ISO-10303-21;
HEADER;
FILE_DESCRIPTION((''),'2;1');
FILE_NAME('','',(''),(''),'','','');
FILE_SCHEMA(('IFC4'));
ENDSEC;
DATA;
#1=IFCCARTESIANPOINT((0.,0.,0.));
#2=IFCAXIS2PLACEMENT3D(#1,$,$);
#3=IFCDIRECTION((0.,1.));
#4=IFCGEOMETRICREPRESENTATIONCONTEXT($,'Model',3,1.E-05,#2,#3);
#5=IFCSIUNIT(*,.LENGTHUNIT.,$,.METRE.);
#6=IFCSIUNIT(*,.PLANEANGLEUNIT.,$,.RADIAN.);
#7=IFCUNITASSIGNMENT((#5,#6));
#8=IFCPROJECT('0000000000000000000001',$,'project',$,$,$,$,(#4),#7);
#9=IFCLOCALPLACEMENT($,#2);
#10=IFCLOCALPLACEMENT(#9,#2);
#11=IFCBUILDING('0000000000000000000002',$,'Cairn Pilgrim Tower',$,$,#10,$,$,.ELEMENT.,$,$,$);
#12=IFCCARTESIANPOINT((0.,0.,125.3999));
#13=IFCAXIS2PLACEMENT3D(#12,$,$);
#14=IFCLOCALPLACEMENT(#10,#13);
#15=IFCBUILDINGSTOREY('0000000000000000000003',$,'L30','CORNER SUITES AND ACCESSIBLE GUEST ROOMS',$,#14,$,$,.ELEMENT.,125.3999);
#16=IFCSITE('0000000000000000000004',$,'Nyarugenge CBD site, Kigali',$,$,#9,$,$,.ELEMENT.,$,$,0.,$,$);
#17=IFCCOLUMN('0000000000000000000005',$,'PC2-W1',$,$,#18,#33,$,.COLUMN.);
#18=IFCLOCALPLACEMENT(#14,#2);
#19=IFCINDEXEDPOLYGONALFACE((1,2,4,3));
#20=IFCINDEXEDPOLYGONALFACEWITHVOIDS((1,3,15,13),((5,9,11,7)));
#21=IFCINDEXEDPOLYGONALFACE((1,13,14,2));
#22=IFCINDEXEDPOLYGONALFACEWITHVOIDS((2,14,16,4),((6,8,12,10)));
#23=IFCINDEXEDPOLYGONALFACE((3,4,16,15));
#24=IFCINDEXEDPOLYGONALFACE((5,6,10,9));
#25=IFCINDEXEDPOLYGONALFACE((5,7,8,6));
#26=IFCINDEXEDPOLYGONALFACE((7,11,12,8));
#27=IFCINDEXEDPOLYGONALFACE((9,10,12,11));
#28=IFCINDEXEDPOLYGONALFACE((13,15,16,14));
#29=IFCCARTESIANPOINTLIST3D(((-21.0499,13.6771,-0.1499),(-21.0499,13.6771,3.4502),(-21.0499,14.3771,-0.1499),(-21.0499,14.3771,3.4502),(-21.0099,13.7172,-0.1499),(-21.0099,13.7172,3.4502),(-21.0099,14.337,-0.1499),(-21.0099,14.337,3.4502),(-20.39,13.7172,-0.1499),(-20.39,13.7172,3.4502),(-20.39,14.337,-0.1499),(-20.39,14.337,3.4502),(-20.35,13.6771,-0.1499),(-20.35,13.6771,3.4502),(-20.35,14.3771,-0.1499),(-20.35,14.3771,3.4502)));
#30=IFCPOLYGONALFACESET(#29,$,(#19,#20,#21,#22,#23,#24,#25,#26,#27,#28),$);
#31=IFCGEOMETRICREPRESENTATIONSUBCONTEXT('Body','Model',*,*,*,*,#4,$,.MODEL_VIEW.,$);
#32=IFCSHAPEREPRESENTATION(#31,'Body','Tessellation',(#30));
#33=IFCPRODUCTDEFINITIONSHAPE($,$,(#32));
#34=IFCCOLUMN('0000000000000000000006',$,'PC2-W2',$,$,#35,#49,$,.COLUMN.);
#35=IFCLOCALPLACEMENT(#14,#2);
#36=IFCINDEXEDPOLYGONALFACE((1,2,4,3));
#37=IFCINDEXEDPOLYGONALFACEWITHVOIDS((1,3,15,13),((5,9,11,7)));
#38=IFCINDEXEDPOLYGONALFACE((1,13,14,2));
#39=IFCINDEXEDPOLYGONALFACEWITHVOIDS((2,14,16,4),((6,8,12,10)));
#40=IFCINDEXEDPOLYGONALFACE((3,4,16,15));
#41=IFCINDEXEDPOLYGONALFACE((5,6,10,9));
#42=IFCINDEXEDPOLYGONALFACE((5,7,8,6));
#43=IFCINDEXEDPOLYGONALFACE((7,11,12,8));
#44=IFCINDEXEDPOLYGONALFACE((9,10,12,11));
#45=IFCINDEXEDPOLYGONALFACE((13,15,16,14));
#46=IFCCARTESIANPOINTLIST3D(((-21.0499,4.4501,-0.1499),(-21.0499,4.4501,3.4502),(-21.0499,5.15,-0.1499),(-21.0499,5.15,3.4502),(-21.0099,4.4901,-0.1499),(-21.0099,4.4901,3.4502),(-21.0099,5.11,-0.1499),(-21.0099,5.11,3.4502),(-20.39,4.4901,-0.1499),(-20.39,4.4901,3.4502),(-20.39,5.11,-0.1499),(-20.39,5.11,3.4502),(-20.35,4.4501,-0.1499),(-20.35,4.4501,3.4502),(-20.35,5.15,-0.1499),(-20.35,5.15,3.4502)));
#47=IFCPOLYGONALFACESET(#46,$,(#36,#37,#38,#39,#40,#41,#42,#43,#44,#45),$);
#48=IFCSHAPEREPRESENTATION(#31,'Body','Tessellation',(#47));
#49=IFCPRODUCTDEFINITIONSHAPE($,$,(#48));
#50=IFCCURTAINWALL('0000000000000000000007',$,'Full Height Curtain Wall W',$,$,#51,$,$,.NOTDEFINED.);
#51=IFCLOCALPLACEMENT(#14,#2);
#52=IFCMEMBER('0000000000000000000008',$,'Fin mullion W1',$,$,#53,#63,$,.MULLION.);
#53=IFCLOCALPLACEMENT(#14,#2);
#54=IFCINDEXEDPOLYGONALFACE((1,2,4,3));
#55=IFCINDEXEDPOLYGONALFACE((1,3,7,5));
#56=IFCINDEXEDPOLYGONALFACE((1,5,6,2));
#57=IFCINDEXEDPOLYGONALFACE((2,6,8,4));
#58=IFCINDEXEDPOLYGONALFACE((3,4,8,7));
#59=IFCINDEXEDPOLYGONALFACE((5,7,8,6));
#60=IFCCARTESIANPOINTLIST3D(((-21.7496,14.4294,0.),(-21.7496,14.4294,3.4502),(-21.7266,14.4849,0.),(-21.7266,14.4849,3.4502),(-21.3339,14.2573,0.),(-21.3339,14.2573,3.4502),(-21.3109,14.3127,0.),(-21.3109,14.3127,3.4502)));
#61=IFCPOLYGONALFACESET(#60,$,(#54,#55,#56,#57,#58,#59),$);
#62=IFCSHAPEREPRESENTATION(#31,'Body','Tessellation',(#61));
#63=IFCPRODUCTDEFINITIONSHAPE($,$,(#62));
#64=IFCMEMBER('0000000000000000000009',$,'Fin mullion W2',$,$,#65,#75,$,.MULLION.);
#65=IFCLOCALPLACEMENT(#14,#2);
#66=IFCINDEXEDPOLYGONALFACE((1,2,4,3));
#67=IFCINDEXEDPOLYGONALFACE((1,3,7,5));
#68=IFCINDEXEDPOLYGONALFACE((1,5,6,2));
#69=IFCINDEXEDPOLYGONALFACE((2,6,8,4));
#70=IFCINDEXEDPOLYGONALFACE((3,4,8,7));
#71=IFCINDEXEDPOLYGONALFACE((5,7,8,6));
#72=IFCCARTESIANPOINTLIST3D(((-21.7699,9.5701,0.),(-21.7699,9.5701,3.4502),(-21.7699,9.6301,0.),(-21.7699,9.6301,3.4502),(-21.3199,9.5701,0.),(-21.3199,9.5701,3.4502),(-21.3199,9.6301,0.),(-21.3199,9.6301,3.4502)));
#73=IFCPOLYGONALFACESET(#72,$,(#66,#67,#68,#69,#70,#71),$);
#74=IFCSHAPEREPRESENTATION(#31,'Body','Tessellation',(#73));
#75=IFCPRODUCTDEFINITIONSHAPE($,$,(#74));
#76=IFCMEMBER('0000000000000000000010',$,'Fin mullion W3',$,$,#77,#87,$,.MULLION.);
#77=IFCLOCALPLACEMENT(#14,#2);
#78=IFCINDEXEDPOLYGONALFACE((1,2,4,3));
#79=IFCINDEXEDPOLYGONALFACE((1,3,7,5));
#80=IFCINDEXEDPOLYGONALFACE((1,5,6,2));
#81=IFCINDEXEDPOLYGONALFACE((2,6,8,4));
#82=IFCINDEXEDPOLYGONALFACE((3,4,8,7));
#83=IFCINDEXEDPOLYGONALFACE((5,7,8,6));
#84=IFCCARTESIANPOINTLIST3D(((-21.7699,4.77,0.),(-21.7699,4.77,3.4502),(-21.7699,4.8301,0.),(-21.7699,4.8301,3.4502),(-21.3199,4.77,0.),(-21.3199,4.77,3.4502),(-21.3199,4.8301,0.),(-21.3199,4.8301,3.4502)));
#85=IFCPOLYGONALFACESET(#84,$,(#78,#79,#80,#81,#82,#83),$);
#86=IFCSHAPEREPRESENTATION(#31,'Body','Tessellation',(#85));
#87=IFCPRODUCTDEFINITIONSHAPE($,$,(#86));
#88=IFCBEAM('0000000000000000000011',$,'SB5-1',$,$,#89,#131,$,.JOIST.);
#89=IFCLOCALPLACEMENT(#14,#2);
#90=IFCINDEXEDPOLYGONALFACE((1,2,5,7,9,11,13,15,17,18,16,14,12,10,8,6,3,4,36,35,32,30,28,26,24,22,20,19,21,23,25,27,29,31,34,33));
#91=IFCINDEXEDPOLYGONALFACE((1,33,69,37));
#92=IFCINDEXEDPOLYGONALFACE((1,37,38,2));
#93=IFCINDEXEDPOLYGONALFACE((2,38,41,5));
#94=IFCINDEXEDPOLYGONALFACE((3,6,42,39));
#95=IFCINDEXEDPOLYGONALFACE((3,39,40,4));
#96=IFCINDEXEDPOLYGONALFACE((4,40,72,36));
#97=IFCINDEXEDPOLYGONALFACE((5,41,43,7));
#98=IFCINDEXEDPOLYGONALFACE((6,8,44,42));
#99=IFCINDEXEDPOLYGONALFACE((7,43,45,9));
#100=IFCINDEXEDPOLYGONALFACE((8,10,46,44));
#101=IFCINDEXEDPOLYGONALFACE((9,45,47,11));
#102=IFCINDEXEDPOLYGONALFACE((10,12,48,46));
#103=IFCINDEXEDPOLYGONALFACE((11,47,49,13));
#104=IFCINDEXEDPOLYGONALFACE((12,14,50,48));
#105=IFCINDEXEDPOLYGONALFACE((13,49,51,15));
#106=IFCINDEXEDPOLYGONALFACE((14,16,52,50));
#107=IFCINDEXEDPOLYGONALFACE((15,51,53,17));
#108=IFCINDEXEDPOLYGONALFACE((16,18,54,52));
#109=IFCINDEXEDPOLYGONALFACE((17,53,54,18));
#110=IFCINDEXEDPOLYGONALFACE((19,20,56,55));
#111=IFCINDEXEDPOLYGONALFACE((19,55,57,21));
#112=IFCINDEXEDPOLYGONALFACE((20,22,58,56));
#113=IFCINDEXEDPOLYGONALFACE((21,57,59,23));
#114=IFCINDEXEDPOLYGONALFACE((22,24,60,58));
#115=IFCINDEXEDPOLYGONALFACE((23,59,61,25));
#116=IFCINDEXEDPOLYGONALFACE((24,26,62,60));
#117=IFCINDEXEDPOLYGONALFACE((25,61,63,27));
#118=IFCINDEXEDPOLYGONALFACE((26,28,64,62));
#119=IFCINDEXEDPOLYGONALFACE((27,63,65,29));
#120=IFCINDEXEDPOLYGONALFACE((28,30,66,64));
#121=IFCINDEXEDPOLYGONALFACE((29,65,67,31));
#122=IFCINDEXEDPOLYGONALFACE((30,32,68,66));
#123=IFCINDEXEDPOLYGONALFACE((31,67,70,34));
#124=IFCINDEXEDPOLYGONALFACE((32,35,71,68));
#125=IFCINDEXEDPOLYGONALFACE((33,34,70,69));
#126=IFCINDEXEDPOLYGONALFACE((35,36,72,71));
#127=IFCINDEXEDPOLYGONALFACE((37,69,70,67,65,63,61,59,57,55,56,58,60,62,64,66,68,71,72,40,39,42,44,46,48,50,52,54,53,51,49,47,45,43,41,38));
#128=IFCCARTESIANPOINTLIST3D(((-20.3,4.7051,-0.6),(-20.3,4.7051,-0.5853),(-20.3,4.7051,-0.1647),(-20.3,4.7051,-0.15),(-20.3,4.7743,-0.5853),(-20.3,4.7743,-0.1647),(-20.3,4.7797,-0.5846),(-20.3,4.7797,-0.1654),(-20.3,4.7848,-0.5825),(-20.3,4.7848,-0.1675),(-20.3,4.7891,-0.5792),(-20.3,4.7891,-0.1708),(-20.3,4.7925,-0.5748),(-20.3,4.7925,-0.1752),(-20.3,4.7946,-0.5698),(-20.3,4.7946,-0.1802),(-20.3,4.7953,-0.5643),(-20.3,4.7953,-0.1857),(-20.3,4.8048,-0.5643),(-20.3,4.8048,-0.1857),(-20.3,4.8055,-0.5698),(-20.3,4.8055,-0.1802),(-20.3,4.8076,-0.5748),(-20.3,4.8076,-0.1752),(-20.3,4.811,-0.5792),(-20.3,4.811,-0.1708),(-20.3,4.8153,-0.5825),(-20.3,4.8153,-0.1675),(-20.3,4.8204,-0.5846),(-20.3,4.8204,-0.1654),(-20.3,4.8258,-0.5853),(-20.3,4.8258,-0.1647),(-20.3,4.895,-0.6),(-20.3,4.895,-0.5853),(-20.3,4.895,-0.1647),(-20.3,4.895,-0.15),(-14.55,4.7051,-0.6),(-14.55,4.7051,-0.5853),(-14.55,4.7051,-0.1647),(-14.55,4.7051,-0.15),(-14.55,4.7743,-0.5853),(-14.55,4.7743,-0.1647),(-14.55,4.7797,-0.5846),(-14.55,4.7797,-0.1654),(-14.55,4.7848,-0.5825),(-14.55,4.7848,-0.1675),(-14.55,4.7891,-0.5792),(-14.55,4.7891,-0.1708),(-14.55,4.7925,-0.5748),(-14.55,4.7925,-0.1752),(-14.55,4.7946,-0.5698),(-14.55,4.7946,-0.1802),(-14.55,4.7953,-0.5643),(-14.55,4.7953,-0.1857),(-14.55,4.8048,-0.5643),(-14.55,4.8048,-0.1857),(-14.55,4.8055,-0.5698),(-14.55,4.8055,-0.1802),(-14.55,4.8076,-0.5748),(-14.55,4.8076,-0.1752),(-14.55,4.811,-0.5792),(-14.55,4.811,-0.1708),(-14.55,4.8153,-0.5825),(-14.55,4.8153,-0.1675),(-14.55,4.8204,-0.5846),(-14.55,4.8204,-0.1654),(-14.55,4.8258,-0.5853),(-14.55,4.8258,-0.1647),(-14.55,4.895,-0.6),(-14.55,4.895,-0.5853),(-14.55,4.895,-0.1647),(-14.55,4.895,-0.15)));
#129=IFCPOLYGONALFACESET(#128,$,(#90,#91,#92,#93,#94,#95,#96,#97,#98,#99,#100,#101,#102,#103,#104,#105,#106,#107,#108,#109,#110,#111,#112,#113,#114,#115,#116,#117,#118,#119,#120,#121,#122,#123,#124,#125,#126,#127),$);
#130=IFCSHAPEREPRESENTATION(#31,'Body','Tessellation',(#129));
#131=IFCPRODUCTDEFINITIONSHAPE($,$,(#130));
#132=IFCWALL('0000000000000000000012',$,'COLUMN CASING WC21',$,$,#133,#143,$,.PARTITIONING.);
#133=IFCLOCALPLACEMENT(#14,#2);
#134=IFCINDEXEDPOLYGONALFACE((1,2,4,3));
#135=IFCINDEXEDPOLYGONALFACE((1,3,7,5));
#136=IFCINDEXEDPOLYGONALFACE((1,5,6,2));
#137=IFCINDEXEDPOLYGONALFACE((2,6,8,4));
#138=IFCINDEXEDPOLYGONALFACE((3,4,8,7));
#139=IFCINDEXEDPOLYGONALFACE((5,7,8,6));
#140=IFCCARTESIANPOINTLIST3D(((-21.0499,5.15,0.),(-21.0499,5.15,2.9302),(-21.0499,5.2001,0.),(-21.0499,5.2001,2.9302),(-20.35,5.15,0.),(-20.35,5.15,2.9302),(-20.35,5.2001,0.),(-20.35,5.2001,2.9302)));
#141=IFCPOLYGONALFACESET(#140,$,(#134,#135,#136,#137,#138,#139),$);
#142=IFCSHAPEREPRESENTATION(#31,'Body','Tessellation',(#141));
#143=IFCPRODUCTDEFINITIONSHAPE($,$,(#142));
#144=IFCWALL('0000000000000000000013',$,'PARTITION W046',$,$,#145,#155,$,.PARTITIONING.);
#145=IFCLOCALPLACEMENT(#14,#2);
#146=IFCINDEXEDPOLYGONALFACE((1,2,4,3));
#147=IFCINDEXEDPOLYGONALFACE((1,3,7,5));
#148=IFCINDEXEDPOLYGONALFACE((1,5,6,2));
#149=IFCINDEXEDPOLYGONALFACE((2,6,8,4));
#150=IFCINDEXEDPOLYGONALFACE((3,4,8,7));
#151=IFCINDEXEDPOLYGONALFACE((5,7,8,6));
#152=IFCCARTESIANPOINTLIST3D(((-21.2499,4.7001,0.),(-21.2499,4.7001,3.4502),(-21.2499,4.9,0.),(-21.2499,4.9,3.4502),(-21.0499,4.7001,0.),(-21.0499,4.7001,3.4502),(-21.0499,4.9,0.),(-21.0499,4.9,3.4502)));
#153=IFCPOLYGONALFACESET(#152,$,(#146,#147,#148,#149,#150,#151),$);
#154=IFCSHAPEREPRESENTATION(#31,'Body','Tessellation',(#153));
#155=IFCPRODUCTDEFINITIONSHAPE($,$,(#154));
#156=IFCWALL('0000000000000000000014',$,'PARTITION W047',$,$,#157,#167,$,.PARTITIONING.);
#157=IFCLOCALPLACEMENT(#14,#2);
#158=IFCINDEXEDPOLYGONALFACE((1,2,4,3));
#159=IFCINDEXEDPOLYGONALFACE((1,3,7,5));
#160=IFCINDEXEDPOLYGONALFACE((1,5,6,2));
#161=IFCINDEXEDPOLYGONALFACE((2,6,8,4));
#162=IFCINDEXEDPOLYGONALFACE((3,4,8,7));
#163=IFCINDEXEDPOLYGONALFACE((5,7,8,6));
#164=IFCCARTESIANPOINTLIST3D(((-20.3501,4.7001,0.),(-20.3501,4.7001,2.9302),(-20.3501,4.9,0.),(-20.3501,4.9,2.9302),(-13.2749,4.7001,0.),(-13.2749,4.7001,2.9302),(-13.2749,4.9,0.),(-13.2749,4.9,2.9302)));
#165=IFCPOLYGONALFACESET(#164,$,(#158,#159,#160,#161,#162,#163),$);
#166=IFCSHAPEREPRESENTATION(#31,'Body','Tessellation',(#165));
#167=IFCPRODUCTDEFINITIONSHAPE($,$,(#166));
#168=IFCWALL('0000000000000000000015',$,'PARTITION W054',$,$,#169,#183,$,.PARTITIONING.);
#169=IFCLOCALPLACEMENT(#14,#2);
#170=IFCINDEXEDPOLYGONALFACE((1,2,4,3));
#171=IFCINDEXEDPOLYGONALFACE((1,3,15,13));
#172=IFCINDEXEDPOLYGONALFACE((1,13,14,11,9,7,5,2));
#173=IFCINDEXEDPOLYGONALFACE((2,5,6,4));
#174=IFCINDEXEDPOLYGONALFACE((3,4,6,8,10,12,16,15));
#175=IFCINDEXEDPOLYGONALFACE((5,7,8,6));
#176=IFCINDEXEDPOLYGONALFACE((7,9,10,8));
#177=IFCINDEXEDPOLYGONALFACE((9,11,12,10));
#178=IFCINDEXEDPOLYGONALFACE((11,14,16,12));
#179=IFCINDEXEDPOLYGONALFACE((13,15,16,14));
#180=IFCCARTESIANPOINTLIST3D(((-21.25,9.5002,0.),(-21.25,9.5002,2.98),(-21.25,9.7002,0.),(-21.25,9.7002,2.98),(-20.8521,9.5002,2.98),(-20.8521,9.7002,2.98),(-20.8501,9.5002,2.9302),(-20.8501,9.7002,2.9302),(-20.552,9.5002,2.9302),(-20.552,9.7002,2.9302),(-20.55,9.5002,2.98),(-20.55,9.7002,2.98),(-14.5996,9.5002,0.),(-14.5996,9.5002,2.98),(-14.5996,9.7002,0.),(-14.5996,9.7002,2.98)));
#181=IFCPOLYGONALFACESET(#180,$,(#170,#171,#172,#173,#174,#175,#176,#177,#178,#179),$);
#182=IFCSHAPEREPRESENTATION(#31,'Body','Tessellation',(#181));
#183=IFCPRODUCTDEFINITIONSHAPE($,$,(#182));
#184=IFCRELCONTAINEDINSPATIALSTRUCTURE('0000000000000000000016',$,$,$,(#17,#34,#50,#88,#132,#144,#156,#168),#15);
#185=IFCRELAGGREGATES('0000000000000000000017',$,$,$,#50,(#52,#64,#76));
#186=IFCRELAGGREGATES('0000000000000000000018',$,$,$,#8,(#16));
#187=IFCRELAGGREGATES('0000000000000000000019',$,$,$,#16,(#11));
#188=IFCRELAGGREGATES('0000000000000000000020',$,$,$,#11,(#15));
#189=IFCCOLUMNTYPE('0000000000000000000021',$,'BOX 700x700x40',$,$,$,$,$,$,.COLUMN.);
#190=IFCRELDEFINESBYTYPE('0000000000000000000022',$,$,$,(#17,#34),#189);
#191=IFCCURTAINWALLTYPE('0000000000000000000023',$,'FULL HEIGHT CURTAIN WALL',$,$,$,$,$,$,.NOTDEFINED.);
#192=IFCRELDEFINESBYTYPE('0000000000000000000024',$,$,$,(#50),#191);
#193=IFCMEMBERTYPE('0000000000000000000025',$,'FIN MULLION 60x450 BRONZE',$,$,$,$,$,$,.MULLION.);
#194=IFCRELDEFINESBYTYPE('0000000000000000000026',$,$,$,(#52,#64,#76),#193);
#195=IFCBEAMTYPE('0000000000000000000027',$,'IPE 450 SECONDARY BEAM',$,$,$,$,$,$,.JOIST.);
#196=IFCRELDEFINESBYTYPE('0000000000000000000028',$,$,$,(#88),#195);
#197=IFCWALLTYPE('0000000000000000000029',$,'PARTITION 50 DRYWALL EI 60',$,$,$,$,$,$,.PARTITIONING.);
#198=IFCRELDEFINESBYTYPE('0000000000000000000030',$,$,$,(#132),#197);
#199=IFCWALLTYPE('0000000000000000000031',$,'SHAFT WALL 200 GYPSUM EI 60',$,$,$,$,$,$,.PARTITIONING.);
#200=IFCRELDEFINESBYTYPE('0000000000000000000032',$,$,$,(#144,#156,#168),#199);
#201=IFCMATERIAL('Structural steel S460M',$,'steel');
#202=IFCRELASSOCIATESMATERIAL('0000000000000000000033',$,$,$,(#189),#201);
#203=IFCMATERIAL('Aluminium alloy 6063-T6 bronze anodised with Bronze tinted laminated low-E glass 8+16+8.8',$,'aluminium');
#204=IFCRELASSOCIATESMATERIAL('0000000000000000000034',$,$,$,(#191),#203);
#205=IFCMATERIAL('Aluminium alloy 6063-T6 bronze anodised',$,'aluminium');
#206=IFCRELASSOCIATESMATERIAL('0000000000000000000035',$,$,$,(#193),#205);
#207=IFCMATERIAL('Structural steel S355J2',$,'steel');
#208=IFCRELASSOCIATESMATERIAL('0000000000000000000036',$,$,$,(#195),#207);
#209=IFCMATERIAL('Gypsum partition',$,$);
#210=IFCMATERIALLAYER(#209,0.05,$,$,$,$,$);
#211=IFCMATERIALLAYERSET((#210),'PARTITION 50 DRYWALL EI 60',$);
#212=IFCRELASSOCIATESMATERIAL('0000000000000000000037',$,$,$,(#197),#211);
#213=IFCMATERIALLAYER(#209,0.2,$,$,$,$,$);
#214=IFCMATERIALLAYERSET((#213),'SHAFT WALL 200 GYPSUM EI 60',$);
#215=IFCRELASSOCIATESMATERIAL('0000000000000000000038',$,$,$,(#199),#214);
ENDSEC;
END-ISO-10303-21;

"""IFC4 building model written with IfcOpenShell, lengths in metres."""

from ifc_helpers import new_model, si_unit, direction, frame, frame_2d, origin, origin_2d, place, context, subcontext, project, spatial, polyline, rectangle, hollow_rectangle, i_section, outline, extrude, material, layer, layer_set, material_profile, profile_set, type_object, element, aggregate, save


model = new_model("IFC4")

# Units and contexts
model_context = context("Model", 3, precision=1e-05, world=origin(), true_north=direction((0.0, 1.0)))
body_context = subcontext(model_context, "Body", "Model", "MODEL_VIEW")
ifc_project = project(units=[si_unit("LENGTHUNIT", "METRE"), si_unit("PLANEANGLEUNIT", "RADIAN")], contexts=[model_context])

# Site, building, storey
site_placement = place(None, origin())
site = spatial("IfcSite", under=ifc_project, at=site_placement, Name="Nyarugenge CBD site, Kigali", CompositionType="ELEMENT", RefElevation=0.0)
building_placement = place(site_placement, origin())
building = spatial("IfcBuilding", under=site, at=building_placement, Name="Cairn Pilgrim Tower", CompositionType="ELEMENT")
storey_placement = place(building_placement, frame((0.0, 0.0, 125.3999)))
storey = spatial("IfcBuildingStorey", under=building, at=storey_placement, Name="L30", Description="CORNER SUITES AND ACCESSIBLE GUEST ROOMS", CompositionType="ELEMENT", Elevation=125.3999)

# Columns
ifc_material_1 = material(Name="Structural steel S460M", Category="steel")
ifc_material_profile_1 = material_profile(ifc_material_1, hollow_rectangle(XDim=0.7, YDim=0.7, WallThickness=0.04, at=origin_2d()), Name="BOX 700x700x40")
ifc_profile_set_1 = profile_set([ifc_material_profile_1], Name="Structural steel S460M")
column_type = type_object("IfcColumnType", Name="BOX 700x700x40", PredefinedType="COLUMN", material=ifc_profile_set_1)
for number, where, z_axis, x_axis, name in (
    (1, (-20.7, 14.0271, -0.1499), (0.0, 0.0, 1.0), (1.0, 0.0, 0.0), "PC2-W1"),
    (2, (-20.7, 4.8, -0.1499), (0.0, 0.0, 1.0), (1.0, 0.0, 0.0), "PC2-W2"),
):
    element("IfcColumn", number, at=place(storey_placement, frame(where, z_axis=z_axis, x_axis=x_axis)), inside=storey, type_object=column_type, Name=name, PredefinedType="COLUMN", context=body_context, shape_type="SweptSolid", body=[
        extrude(hollow_rectangle(XDim=0.7, YDim=0.7, WallThickness=0.04, at=origin_2d()), origin(), (0.0, 0.0, 1.0), 3.6001),
    ])

# Curtain wall, members
ifc_material_2 = material(Name="Aluminium alloy 6063-T6 bronze anodised with Bronze tinted laminated low-E glass 8+16+8.8", Category="aluminium")
curtain_wall_type = type_object("IfcCurtainWallType", Name="FULL HEIGHT CURTAIN WALL", PredefinedType="NOTDEFINED", material=ifc_material_2)
curtain_wall_placement = place(storey_placement, origin())
curtain_wall = element("IfcCurtainWall", 3, at=curtain_wall_placement, inside=storey, type_object=curtain_wall_type, Name="Full Height Curtain Wall W", PredefinedType="NOTDEFINED")
ifc_material_3 = material(Name="Aluminium alloy 6063-T6 bronze anodised", Category="aluminium")
ifc_material_profile_2 = material_profile(ifc_material_3, rectangle(XDim=0.45, YDim=0.0601, at=origin_2d()), Name="FIN MULLION 60x450 BRONZE")
ifc_profile_set_2 = profile_set([ifc_material_profile_2], Name="Aluminium alloy 6063-T6 bronze anodised")
member_type = type_object("IfcMemberType", Name="FIN MULLION 60x450 BRONZE", PredefinedType="MULLION", material=ifc_profile_set_2)
member_1_placement = place(storey_placement, frame((-21.5303, 14.3711, 0.0), z_axis=(0.0, 0.0, 1.0), x_axis=(-0.92388, 0.382683, 0.0)))
member_1 = element("IfcMember", 4, at=member_1_placement, type_object=member_type, Name="Fin mullion W1", PredefinedType="MULLION", context=body_context, shape_type="SweptSolid", body=[
    extrude(rectangle(XDim=0.45, YDim=0.0601, at=origin_2d()), origin(), (0.0, 0.0, 1.0), 3.4502),
])
member_2_placement = place(storey_placement, frame((-21.5449, 9.6001, 0.0), z_axis=(0.0, 0.0, 1.0), x_axis=(-1.0, 0.0, 0.0)))
member_2 = element("IfcMember", 5, at=member_2_placement, type_object=member_type, Name="Fin mullion W2", PredefinedType="MULLION", context=body_context, shape_type="SweptSolid", body=[
    extrude(rectangle(XDim=0.45, YDim=0.0601, at=origin_2d()), origin(), (0.0, 0.0, 1.0), 3.4502),
])
member_3_placement = place(storey_placement, frame((-21.5449, 4.8, 0.0), z_axis=(0.0, 0.0, 1.0), x_axis=(-1.0, 0.0, 0.0)))
member_3 = element("IfcMember", 6, at=member_3_placement, type_object=member_type, Name="Fin mullion W3", PredefinedType="MULLION", context=body_context, shape_type="SweptSolid", body=[
    extrude(rectangle(XDim=0.45, YDim=0.0601, at=origin_2d()), origin(), (0.0, 0.0, 1.0), 3.4502),
])
aggregate(curtain_wall, [member_1, member_2, member_3])

# Beam
ifc_material_4 = material(Name="Structural steel S355J2", Category="steel")
ifc_material_profile_3 = material_profile(ifc_material_4, i_section(OverallWidth=0.1899, OverallDepth=0.45, WebThickness=0.0095, FlangeThickness=0.0146, FilletRadius=0.021, at=origin_2d()), Name="IPE 450")
ifc_profile_set_3 = profile_set([ifc_material_profile_3], Name="Structural steel S355J2")
beam_type = type_object("IfcBeamType", Name="IPE 450 SECONDARY BEAM", PredefinedType="JOIST", material=ifc_profile_set_3)
beam_placement = place(storey_placement, frame((-20.3, 4.8, -0.375), z_axis=(1.0, 0.0, 0.0), x_axis=(0.0, 1.0, 0.0)))
element("IfcBeam", 7, at=beam_placement, inside=storey, type_object=beam_type, Name="SB5-1", PredefinedType="JOIST", context=body_context, shape_type="SweptSolid", body=[
    extrude(i_section(OverallWidth=0.1899, OverallDepth=0.45, WebThickness=0.0095, FlangeThickness=0.0146, FilletRadius=0.021, at=origin_2d()), origin(), (0.0, 0.0, 1.0), 5.75),
])

# Walls
ifc_material_5 = material(Name="Gypsum partition")
ifc_layer_1 = layer(ifc_material_5, 0.05)
ifc_layer_set_1 = layer_set([ifc_layer_1], Name="PARTITION 50 DRYWALL EI 60")
wall_type_1 = type_object("IfcWallType", Name="PARTITION 50 DRYWALL EI 60", PredefinedType="PARTITIONING", material=ifc_layer_set_1)
wall_1_placement = place(storey_placement, frame((-21.05, 5.175, 0.0), z_axis=(0.0, 0.0, 1.0), x_axis=(1.0, 0.0, 0.0)))
element("IfcWall", 8, at=wall_1_placement, inside=storey, type_object=wall_type_1, Name="COLUMN CASING WC21", PredefinedType="PARTITIONING", context=body_context, shape_type="SweptSolid", body=[
    extrude(rectangle(XDim=0.7, YDim=0.05, at=frame_2d((0.3501, 0.0))), origin(), (0.0, 0.0, 1.0), 2.9302),
])
ifc_layer_2 = layer(ifc_material_5, 0.2)
ifc_layer_set_2 = layer_set([ifc_layer_2], Name="SHAFT WALL 200 GYPSUM EI 60")
wall_type_2 = type_object("IfcWallType", Name="SHAFT WALL 200 GYPSUM EI 60", PredefinedType="PARTITIONING", material=ifc_layer_set_2)
wall_2_placement = place(storey_placement, frame((-21.25, 4.8, 0.0), z_axis=(0.0, 0.0, 1.0), x_axis=(1.0, 0.0, 0.0)))
element("IfcWall", 9, at=wall_2_placement, inside=storey, type_object=wall_type_2, Name="PARTITION W046", PredefinedType="PARTITIONING", context=body_context, shape_type="SweptSolid", body=[
    extrude(rectangle(XDim=0.2, YDim=0.2, at=frame_2d((0.1001, 0.0))), origin(), (0.0, 0.0, 1.0), 3.4502),
])
wall_3_placement = place(storey_placement, frame((-20.3501, 4.8, 0.0), z_axis=(0.0, 0.0, 1.0), x_axis=(1.0, 0.0, 0.0)))
element("IfcWall", 10, at=wall_3_placement, inside=storey, type_object=wall_type_2, Name="PARTITION W047", PredefinedType="PARTITIONING", context=body_context, shape_type="SweptSolid", body=[
    extrude(rectangle(XDim=7.0752, YDim=0.2, at=frame_2d((3.5376, 0.0))), origin(), (0.0, 0.0, 1.0), 2.9302),
])
wall_4_placement = place(storey_placement, frame((-21.25, 9.6001, 0.0), z_axis=(0.0, 0.0, 1.0), x_axis=(1.0, 0.0, 0.0)))
element("IfcWall", 11, at=wall_4_placement, inside=storey, type_object=wall_type_2, Name="PARTITION W054", PredefinedType="PARTITIONING", context=body_context, shape_type="SweptSolid", body=[
    extrude(outline(polyline([(0.0, 0.0), (6.6504, 0.0), (6.6504, 2.98), (0.7, 2.98), (0.698, 2.9302), (0.3999, 2.9302), (0.3979, 2.98), (0.0, 2.98), (0.0, 0.0)])), frame((0.0, 0.1001, 0.0), z_axis=(0.0, -1.0, 0.0), x_axis=(1.0, 0.0, 0.0)), (0.0, 0.0, 1.0), 0.2),
])

save(model, "model.ifc")
